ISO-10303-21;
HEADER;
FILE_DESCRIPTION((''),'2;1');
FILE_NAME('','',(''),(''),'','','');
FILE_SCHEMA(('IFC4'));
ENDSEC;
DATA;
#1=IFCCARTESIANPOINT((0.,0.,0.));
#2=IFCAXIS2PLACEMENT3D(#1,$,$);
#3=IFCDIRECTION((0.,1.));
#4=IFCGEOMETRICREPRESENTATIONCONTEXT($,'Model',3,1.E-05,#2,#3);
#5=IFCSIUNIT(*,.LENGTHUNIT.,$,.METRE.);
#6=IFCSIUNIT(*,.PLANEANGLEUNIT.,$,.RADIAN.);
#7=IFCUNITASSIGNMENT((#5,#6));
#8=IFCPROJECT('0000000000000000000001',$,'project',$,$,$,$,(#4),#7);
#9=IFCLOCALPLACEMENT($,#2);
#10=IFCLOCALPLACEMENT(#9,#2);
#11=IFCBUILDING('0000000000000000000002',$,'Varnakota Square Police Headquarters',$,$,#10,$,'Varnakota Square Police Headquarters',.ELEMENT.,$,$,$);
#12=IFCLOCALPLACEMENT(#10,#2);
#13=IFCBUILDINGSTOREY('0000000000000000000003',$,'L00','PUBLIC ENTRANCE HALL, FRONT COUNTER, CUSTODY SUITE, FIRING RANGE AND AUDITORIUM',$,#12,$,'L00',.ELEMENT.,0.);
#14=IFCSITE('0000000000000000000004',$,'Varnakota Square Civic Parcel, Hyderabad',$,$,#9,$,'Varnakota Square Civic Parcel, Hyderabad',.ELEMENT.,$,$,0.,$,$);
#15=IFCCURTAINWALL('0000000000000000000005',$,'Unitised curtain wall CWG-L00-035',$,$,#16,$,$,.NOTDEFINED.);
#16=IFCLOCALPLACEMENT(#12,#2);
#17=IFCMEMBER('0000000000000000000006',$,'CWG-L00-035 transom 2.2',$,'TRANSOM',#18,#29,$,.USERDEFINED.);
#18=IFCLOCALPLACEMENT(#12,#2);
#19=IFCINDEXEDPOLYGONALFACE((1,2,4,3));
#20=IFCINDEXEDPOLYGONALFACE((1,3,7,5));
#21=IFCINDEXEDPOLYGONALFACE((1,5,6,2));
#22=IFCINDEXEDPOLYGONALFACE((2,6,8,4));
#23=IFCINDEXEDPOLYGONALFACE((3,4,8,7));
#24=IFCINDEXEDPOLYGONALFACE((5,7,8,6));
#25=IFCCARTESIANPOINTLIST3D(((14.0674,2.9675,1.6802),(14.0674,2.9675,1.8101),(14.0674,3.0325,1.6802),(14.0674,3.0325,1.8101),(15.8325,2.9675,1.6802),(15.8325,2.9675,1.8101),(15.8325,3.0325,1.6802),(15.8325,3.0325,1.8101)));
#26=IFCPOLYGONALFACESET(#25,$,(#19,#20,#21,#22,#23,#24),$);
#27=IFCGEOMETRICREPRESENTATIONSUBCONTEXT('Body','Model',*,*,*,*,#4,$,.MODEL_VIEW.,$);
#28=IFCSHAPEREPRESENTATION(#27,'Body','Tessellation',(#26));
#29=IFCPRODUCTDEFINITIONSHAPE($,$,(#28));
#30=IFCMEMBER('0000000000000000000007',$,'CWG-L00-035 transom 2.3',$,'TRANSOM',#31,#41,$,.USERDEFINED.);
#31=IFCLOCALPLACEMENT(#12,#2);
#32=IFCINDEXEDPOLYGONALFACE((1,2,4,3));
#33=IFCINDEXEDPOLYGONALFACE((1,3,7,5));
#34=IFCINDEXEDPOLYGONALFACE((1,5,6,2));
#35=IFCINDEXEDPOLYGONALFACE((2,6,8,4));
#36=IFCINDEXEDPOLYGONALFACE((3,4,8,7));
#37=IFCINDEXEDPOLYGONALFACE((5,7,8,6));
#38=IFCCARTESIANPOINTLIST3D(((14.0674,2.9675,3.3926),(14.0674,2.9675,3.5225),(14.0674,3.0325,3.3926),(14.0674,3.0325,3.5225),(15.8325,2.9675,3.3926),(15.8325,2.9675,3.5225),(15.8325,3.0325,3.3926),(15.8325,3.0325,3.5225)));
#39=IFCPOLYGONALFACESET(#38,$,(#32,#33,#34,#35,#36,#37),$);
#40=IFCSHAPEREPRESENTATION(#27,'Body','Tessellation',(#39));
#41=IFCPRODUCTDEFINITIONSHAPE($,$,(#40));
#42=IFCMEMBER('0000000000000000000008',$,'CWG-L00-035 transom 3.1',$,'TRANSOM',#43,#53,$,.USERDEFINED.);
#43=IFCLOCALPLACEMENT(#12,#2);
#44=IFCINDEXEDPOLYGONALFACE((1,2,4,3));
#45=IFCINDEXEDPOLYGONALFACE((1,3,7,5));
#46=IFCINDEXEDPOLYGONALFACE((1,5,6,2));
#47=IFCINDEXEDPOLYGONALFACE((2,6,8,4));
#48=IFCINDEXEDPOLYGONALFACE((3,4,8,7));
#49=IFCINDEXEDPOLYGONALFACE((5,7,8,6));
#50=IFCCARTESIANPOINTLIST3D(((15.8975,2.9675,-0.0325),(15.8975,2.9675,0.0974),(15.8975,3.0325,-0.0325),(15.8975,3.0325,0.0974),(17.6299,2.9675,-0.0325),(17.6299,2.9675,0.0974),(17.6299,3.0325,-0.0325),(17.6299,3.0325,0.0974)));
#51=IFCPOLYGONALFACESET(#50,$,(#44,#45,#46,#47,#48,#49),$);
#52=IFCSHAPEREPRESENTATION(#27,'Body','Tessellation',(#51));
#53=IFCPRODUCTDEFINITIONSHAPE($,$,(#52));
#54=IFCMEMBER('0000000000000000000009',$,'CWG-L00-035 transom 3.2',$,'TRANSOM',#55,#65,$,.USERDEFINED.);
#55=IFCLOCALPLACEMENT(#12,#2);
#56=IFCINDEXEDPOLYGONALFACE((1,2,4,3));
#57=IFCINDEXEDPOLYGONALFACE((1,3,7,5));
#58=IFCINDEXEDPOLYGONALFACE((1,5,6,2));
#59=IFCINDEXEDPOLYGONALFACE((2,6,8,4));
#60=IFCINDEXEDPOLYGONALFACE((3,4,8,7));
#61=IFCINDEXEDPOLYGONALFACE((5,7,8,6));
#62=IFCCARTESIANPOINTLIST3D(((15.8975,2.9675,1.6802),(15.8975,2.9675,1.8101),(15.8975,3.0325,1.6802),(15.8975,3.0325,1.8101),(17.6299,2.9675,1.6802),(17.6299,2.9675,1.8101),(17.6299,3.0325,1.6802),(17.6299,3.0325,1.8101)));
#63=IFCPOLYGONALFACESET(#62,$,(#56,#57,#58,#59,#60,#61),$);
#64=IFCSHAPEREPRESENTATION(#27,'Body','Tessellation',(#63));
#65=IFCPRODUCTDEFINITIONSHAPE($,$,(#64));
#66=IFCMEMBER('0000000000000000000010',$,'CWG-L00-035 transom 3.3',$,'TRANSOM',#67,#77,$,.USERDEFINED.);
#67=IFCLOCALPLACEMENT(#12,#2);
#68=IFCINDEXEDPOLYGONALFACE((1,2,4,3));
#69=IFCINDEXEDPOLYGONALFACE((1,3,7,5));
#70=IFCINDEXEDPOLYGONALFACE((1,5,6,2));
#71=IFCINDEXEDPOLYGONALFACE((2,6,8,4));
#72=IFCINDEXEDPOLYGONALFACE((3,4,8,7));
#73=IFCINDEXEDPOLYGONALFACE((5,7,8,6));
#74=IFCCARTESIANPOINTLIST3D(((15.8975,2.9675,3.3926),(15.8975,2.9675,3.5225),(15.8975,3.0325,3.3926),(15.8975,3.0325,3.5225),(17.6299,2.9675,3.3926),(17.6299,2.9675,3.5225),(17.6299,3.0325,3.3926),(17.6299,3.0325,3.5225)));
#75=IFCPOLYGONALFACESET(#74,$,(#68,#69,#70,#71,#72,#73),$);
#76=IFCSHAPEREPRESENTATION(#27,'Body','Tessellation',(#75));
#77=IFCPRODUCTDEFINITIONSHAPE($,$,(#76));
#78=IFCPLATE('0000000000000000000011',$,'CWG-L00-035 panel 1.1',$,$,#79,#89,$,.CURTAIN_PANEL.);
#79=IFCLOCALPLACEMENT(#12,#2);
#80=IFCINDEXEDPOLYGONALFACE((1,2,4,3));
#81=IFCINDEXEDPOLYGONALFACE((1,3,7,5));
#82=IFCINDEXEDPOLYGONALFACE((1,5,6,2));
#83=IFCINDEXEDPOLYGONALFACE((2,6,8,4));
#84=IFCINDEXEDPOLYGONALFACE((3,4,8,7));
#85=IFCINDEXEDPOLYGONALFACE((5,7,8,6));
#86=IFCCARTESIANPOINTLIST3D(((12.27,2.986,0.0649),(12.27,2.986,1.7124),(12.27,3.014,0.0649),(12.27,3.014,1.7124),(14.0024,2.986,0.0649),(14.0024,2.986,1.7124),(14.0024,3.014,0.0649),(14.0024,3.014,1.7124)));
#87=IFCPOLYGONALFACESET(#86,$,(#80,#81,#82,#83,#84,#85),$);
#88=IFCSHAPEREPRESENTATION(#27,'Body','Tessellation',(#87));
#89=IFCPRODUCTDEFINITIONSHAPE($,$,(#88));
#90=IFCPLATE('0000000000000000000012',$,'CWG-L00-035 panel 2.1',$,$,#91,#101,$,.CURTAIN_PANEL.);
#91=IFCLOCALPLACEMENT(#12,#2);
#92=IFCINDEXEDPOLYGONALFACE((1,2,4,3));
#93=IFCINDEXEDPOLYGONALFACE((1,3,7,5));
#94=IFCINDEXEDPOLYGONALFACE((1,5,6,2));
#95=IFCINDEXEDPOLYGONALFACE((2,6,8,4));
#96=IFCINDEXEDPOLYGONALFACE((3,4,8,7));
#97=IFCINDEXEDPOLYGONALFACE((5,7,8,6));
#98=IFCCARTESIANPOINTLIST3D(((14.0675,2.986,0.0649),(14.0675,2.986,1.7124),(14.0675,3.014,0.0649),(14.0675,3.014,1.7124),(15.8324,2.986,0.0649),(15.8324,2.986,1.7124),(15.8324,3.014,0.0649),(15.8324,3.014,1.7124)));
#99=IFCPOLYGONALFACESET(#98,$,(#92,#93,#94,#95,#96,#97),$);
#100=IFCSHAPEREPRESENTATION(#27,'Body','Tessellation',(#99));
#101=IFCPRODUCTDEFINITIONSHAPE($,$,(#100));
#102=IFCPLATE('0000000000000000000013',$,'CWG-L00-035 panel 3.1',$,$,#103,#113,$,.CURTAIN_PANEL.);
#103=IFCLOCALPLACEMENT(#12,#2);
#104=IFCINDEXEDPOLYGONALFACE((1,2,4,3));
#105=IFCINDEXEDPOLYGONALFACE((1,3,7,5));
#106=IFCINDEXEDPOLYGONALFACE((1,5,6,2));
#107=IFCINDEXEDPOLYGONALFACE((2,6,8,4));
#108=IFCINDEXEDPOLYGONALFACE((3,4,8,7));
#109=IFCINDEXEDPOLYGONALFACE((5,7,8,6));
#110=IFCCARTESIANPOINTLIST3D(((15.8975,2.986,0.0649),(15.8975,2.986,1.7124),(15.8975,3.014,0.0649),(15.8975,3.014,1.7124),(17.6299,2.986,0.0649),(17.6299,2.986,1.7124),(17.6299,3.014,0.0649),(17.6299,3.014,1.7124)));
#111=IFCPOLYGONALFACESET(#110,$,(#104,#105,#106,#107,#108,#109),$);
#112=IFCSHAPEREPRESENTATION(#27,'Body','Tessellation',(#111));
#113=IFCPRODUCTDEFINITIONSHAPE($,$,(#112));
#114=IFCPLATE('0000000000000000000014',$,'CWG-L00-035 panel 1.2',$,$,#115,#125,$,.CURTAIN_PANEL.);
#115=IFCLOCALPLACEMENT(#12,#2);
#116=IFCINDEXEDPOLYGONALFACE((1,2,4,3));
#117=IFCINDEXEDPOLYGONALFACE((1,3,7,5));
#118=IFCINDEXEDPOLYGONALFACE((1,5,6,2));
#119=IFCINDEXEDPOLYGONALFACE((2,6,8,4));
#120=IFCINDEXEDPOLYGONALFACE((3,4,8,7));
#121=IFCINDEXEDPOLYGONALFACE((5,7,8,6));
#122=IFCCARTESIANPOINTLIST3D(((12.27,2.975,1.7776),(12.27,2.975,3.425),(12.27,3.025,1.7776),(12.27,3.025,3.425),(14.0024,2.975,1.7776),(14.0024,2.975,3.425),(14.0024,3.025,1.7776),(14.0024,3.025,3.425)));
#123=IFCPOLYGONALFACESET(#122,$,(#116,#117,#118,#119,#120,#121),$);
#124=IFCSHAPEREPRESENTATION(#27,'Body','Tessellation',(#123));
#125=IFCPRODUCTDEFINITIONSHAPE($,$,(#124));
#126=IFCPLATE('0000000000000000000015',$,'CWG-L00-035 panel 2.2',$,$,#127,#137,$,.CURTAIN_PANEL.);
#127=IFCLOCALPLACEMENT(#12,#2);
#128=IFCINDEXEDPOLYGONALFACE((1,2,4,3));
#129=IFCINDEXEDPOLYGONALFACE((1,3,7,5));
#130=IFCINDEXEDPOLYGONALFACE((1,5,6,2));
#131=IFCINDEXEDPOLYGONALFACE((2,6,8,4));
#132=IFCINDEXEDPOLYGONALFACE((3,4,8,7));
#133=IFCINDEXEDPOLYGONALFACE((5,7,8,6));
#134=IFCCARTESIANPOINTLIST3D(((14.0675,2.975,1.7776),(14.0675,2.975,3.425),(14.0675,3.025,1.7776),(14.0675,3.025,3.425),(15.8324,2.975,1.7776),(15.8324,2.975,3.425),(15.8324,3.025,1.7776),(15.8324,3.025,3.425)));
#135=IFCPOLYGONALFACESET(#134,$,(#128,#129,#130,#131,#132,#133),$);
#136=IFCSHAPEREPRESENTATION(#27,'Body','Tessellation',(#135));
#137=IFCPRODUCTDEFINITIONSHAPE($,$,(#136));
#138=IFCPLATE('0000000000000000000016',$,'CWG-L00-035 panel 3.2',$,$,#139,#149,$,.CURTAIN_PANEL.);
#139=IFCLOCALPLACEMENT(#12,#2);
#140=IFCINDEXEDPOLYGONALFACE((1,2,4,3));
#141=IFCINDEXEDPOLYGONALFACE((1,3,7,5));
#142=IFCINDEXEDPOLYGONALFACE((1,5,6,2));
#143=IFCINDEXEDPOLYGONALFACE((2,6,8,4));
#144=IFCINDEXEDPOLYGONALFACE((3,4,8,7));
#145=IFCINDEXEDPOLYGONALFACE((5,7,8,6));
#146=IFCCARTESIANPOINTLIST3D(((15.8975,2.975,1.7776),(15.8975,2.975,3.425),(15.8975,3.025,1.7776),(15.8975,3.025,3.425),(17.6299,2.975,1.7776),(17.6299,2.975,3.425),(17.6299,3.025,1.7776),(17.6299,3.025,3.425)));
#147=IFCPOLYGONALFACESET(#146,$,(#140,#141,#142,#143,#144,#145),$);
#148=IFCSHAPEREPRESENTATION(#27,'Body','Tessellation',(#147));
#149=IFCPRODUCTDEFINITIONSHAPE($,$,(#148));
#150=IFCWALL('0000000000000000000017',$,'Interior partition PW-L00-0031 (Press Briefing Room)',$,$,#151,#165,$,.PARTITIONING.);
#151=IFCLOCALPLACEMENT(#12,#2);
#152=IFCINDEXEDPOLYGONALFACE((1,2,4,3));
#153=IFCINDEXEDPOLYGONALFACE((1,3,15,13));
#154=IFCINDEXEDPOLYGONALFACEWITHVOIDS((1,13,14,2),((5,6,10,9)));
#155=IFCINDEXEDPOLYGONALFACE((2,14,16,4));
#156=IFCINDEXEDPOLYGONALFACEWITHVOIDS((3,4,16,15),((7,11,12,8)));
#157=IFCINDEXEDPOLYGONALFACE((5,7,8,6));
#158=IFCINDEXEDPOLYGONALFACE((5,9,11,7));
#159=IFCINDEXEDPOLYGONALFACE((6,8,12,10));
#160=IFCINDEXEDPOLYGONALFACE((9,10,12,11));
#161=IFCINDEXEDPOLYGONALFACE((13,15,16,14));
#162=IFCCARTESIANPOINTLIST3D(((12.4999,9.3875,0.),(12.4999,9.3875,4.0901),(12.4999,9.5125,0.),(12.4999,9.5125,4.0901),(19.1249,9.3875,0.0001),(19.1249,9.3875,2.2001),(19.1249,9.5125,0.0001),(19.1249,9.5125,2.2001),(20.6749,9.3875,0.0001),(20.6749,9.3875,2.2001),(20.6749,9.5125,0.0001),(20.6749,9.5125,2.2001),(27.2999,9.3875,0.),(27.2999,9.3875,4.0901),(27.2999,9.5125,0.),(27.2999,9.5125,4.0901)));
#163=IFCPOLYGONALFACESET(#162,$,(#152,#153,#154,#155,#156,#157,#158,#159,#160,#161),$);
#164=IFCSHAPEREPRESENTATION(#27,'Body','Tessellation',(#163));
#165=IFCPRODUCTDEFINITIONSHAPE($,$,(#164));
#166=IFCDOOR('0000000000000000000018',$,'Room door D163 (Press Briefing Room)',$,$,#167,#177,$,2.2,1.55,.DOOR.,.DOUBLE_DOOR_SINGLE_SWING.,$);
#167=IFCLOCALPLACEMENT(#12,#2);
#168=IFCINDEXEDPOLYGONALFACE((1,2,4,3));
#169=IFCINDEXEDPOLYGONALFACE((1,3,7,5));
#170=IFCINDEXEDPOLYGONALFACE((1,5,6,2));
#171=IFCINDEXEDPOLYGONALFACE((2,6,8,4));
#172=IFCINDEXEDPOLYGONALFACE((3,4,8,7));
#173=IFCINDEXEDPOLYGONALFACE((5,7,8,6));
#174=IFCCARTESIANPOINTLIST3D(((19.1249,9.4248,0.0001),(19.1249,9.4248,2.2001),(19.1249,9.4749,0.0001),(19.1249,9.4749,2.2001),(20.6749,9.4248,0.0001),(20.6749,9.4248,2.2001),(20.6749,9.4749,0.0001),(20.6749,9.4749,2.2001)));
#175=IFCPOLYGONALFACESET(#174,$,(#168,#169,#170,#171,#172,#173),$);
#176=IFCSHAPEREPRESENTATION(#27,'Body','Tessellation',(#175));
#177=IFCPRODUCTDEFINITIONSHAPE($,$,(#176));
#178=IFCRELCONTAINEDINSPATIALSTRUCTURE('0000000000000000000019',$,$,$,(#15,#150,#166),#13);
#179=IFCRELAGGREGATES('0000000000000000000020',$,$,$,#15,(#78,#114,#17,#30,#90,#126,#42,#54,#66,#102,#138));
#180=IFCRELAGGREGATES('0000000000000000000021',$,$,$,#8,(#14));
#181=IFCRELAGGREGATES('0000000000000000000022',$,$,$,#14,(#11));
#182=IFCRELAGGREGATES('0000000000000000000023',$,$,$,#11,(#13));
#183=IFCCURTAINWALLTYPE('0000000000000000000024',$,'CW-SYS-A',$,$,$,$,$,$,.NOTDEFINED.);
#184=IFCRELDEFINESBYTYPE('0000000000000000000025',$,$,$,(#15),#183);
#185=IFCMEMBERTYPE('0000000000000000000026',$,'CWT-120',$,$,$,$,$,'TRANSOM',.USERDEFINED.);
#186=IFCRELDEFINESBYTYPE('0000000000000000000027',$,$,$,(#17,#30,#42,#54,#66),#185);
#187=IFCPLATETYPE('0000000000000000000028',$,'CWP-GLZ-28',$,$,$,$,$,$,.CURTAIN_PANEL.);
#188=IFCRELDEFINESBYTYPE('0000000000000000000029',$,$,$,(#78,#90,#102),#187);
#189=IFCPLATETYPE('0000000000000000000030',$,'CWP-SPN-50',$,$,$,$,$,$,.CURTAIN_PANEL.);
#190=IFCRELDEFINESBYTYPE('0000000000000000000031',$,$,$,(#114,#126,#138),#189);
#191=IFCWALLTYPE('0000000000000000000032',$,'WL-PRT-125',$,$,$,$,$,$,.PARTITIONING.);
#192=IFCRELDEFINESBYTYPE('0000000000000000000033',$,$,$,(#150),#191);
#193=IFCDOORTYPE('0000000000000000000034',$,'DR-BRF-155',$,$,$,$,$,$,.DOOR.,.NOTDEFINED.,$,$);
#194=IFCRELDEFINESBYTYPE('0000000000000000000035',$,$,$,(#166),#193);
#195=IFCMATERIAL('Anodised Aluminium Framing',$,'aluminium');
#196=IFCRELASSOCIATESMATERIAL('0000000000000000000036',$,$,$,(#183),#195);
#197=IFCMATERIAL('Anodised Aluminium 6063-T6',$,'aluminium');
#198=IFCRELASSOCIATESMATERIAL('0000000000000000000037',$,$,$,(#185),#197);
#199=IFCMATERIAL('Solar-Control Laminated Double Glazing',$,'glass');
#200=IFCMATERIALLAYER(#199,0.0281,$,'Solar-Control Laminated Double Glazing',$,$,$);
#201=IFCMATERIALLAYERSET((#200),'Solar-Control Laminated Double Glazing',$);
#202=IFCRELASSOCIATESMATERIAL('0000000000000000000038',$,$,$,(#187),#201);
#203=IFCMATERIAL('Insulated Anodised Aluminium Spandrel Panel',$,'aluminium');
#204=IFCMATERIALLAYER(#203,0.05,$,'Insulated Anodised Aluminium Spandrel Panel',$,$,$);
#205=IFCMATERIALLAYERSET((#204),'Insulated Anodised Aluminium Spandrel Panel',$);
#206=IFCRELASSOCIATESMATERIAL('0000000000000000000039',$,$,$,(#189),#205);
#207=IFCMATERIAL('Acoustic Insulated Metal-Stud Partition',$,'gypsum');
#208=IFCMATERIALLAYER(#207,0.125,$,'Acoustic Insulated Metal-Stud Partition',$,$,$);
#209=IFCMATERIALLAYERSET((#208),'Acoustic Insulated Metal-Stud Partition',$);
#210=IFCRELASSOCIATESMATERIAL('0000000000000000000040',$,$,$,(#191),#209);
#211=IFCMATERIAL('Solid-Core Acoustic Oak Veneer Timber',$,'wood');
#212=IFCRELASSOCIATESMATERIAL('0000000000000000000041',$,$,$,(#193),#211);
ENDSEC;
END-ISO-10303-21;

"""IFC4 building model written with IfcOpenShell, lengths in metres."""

from ifc_helpers import new_model, si_unit, direction, frame, frame_2d, origin, origin_2d, place, context, subcontext, project, spatial, rectangle, extrude, material, layer, layer_set, material_profile, profile_set, type_object, element, fill, aggregate, save


model = new_model("IFC4")

# Units and contexts
model_context = context("Model", 3, precision=1e-05, world=origin(), true_north=direction((0.0, 1.0)))
body_context = subcontext(model_context, "Body", "Model", "MODEL_VIEW")
ifc_project = project(units=[si_unit("LENGTHUNIT", "METRE"), si_unit("PLANEANGLEUNIT", "RADIAN")], contexts=[model_context])

# Site, building, storey
site_placement = place(None, origin())
site = spatial("IfcSite", under=ifc_project, at=site_placement, Name="Varnakota Square Civic Parcel, Hyderabad", LongName="Varnakota Square Civic Parcel, Hyderabad", CompositionType="ELEMENT", RefElevation=0.0)
building_placement = place(site_placement, origin())
building = spatial("IfcBuilding", under=site, at=building_placement, Name="Varnakota Square Police Headquarters", LongName="Varnakota Square Police Headquarters", CompositionType="ELEMENT")
storey_placement = place(building_placement, origin())
storey = spatial("IfcBuildingStorey", under=building, at=storey_placement, Name="L00", Description="PUBLIC ENTRANCE HALL, FRONT COUNTER, CUSTODY SUITE, FIRING RANGE AND AUDITORIUM", LongName="L00", CompositionType="ELEMENT", Elevation=0.0)

# Curtain wall, members, plates
ifc_material_1 = material(Name="Anodised Aluminium Framing", Category="aluminium")
curtain_wall_type = type_object("IfcCurtainWallType", Name="CW-SYS-A", PredefinedType="NOTDEFINED", material=ifc_material_1)
curtain_wall_placement = place(storey_placement, origin())
curtain_wall = element("IfcCurtainWall", 1, at=curtain_wall_placement, inside=storey, type_object=curtain_wall_type, Name="Unitised curtain wall CWG-L00-035", PredefinedType="NOTDEFINED")
ifc_material_2 = material(Name="Anodised Aluminium 6063-T6", Category="aluminium")
ifc_material_profile_1 = material_profile(ifc_material_2, rectangle(XDim=0.0649, YDim=0.1299, at=origin_2d()), Name="ALU TRANSOM 65x130")
ifc_profile_set_1 = profile_set([ifc_material_profile_1], Name="Anodised Aluminium 6063-T6")
member_type_1 = type_object("IfcMemberType", Name="CWT-120", ElementType="TRANSOM", PredefinedType="USERDEFINED", material=ifc_profile_set_1)
member_1_placement = place(storey_placement, frame((14.0674, 3.0, 1.7451), z_axis=(1.0, 0.0, 0.0), x_axis=(0.0, 1.0, 0.0)))
member_1 = element("IfcMember", 2, at=member_1_placement, type_object=member_type_1, Name="CWG-L00-035 transom 2.2", ObjectType="TRANSOM", PredefinedType="USERDEFINED", context=body_context, shape_type="SweptSolid", body=[
    extrude(rectangle(XDim=0.0649, YDim=0.1299, at=origin_2d()), origin(), (0.0, 0.0, 1.0), 1.7651),
])
member_2_placement = place(storey_placement, frame((14.0674, 3.0, 3.4575), z_axis=(1.0, 0.0, 0.0), x_axis=(0.0, 1.0, 0.0)))
member_2 = element("IfcMember", 3, at=member_2_placement, type_object=member_type_1, Name="CWG-L00-035 transom 2.3", ObjectType="TRANSOM", PredefinedType="USERDEFINED", context=body_context, shape_type="SweptSolid", body=[
    extrude(rectangle(XDim=0.0649, YDim=0.1299, at=origin_2d()), origin(), (0.0, 0.0, 1.0), 1.7651),
])
member_3_placement = place(storey_placement, frame((15.8975, 3.0, 0.0325), z_axis=(1.0, 0.0, 0.0), x_axis=(0.0, 1.0, 0.0)))
member_3 = element("IfcMember", 4, at=member_3_placement, type_object=member_type_1, Name="CWG-L00-035 transom 3.1", ObjectType="TRANSOM", PredefinedType="USERDEFINED", context=body_context, shape_type="SweptSolid", body=[
    extrude(rectangle(XDim=0.0649, YDim=0.1299, at=origin_2d()), origin(), (0.0, 0.0, 1.0), 1.7324),
])
member_4_placement = place(storey_placement, frame((15.8975, 3.0, 1.7451), z_axis=(1.0, 0.0, 0.0), x_axis=(0.0, 1.0, 0.0)))
member_4 = element("IfcMember", 5, at=member_4_placement, type_object=member_type_1, Name="CWG-L00-035 transom 3.2", ObjectType="TRANSOM", PredefinedType="USERDEFINED", context=body_context, shape_type="SweptSolid", body=[
    extrude(rectangle(XDim=0.0649, YDim=0.1299, at=origin_2d()), origin(), (0.0, 0.0, 1.0), 1.7324),
])
member_5_placement = place(storey_placement, frame((15.8975, 3.0, 3.4575), z_axis=(1.0, 0.0, 0.0), x_axis=(0.0, 1.0, 0.0)))
member_5 = element("IfcMember", 6, at=member_5_placement, type_object=member_type_1, Name="CWG-L00-035 transom 3.3", ObjectType="TRANSOM", PredefinedType="USERDEFINED", context=body_context, shape_type="SweptSolid", body=[
    extrude(rectangle(XDim=0.0649, YDim=0.1299, at=origin_2d()), origin(), (0.0, 0.0, 1.0), 1.7324),
])
ifc_material_3 = material(Name="Solar-Control Laminated Double Glazing", Category="glass")
ifc_layer_1 = layer(ifc_material_3, 0.0281, Name="Solar-Control Laminated Double Glazing")
ifc_layer_set_1 = layer_set([ifc_layer_1], Name="Solar-Control Laminated Double Glazing")
plate_type_1 = type_object("IfcPlateType", Name="CWP-GLZ-28", PredefinedType="CURTAIN_PANEL", material=ifc_layer_set_1)
plate_1_placement = place(storey_placement, frame((13.1362, 3.0, 0.0649), z_axis=(0.0, 0.0, 1.0), x_axis=(1.0, 0.0, 0.0)))
plate_1 = element("IfcPlate", 7, at=plate_1_placement, type_object=plate_type_1, Name="CWG-L00-035 panel 1.1", PredefinedType="CURTAIN_PANEL", context=body_context, shape_type="SweptSolid", body=[
    extrude(rectangle(XDim=1.7324, YDim=0.0281, at=origin_2d()), origin(), (0.0, 0.0, 1.0), 1.6475),
])
plate_2_placement = place(storey_placement, frame((14.95, 3.0, 0.0649), z_axis=(0.0, 0.0, 1.0), x_axis=(1.0, 0.0, 0.0)))
plate_2 = element("IfcPlate", 8, at=plate_2_placement, type_object=plate_type_1, Name="CWG-L00-035 panel 2.1", PredefinedType="CURTAIN_PANEL", context=body_context, shape_type="SweptSolid", body=[
    extrude(rectangle(XDim=1.7649, YDim=0.0281, at=origin_2d()), origin(), (0.0, 0.0, 1.0), 1.6475),
])
plate_3_placement = place(storey_placement, frame((16.7637, 3.0, 0.0649), z_axis=(0.0, 0.0, 1.0), x_axis=(1.0, 0.0, 0.0)))
plate_3 = element("IfcPlate", 9, at=plate_3_placement, type_object=plate_type_1, Name="CWG-L00-035 panel 3.1", PredefinedType="CURTAIN_PANEL", context=body_context, shape_type="SweptSolid", body=[
    extrude(rectangle(XDim=1.7324, YDim=0.0281, at=origin_2d()), origin(), (0.0, 0.0, 1.0), 1.6475),
])
ifc_material_4 = material(Name="Insulated Anodised Aluminium Spandrel Panel", Category="aluminium")
ifc_layer_2 = layer(ifc_material_4, 0.05, Name="Insulated Anodised Aluminium Spandrel Panel")
ifc_layer_set_2 = layer_set([ifc_layer_2], Name="Insulated Anodised Aluminium Spandrel Panel")
plate_type_2 = type_object("IfcPlateType", Name="CWP-SPN-50", PredefinedType="CURTAIN_PANEL", material=ifc_layer_set_2)
plate_4_placement = place(storey_placement, frame((13.1362, 3.0, 1.7776), z_axis=(0.0, 0.0, 1.0), x_axis=(1.0, 0.0, 0.0)))
plate_4 = element("IfcPlate", 10, at=plate_4_placement, type_object=plate_type_2, Name="CWG-L00-035 panel 1.2", PredefinedType="CURTAIN_PANEL", context=body_context, shape_type="SweptSolid", body=[
    extrude(rectangle(XDim=1.7324, YDim=0.05, at=origin_2d()), origin(), (0.0, 0.0, 1.0), 1.6475),
])
plate_5_placement = place(storey_placement, frame((14.95, 3.0, 1.7776), z_axis=(0.0, 0.0, 1.0), x_axis=(1.0, 0.0, 0.0)))
plate_5 = element("IfcPlate", 11, at=plate_5_placement, type_object=plate_type_2, Name="CWG-L00-035 panel 2.2", PredefinedType="CURTAIN_PANEL", context=body_context, shape_type="SweptSolid", body=[
    extrude(rectangle(XDim=1.7649, YDim=0.05, at=origin_2d()), origin(), (0.0, 0.0, 1.0), 1.6475),
])
plate_6_placement = place(storey_placement, frame((16.7637, 3.0, 1.7776), z_axis=(0.0, 0.0, 1.0), x_axis=(1.0, 0.0, 0.0)))
plate_6 = element("IfcPlate", 12, at=plate_6_placement, type_object=plate_type_2, Name="CWG-L00-035 panel 3.2", PredefinedType="CURTAIN_PANEL", context=body_context, shape_type="SweptSolid", body=[
    extrude(rectangle(XDim=1.7324, YDim=0.05, at=origin_2d()), origin(), (0.0, 0.0, 1.0), 1.6475),
])
aggregate(curtain_wall, [plate_1, plate_4, member_1, member_2, plate_2, plate_5, member_3, member_4, member_5, plate_3, plate_6])

# Wall, opening, door
ifc_material_5 = material(Name="Acoustic Insulated Metal-Stud Partition", Category="gypsum")
ifc_layer_3 = layer(ifc_material_5, 0.125, Name="Acoustic Insulated Metal-Stud Partition")
ifc_layer_set_3 = layer_set([ifc_layer_3], Name="Acoustic Insulated Metal-Stud Partition")
wall_type = type_object("IfcWallType", Name="WL-PRT-125", PredefinedType="PARTITIONING", material=ifc_layer_set_3)
wall_placement = place(storey_placement, frame((12.5, 9.45, 0.0), z_axis=(0.0, 0.0, 1.0), x_axis=(1.0, 0.0, 0.0)))
wall = element("IfcWall", 13, at=wall_placement, inside=storey, type_object=wall_type, Name="Interior partition PW-L00-0031 (Press Briefing Room)", PredefinedType="PARTITIONING", context=body_context, shape_type="SweptSolid", body=[
    extrude(rectangle(XDim=14.8, YDim=0.125, at=frame_2d((7.3999, 0.0))), origin(), (0.0, 0.0, 1.0), 4.0901),
])
opening_placement = place(wall_placement, frame((6.625, 0.0, 0.0)))
opening = element("IfcOpeningElement", 14, at=opening_placement, cuts=wall, PredefinedType="OPENING", context=body_context, shape_type="SweptSolid", body=[
    extrude(rectangle(XDim=1.55, YDim=2.2, at=frame_2d((0.7749, 1.1001))), frame((0.0, 0.0725, 0.0), z_axis=(0.0, -1.0, 0.0), x_axis=(1.0, 0.0, 0.0)), (0.0, 0.0, 1.0), 0.145),
])
ifc_material_6 = material(Name="Solid-Core Acoustic Oak Veneer Timber", Category="wood")
door_type = type_object("IfcDoorType", Name="DR-BRF-155", OperationType="NOTDEFINED", PredefinedType="DOOR", material=ifc_material_6)
door_placement = place(opening_placement, origin())
door = element("IfcDoor", 15, at=door_placement, inside=storey, type_object=door_type, Name="Room door D163 (Press Briefing Room)", OperationType="DOUBLE_DOOR_SINGLE_SWING", OverallHeight=2.2, OverallWidth=1.55, PredefinedType="DOOR", context=body_context, shape_type="SweptSolid", body=[
    extrude(rectangle(XDim=1.55, YDim=2.2, at=frame_2d((0.7749, 1.1001))), frame((0.0, 0.0249, 0.0), z_axis=(0.0, -1.0, 0.0), x_axis=(1.0, 0.0, 0.0)), (0.0, 0.0, 1.0), 0.05),
])
fill(opening, door)

save(model, "model.ifc")
